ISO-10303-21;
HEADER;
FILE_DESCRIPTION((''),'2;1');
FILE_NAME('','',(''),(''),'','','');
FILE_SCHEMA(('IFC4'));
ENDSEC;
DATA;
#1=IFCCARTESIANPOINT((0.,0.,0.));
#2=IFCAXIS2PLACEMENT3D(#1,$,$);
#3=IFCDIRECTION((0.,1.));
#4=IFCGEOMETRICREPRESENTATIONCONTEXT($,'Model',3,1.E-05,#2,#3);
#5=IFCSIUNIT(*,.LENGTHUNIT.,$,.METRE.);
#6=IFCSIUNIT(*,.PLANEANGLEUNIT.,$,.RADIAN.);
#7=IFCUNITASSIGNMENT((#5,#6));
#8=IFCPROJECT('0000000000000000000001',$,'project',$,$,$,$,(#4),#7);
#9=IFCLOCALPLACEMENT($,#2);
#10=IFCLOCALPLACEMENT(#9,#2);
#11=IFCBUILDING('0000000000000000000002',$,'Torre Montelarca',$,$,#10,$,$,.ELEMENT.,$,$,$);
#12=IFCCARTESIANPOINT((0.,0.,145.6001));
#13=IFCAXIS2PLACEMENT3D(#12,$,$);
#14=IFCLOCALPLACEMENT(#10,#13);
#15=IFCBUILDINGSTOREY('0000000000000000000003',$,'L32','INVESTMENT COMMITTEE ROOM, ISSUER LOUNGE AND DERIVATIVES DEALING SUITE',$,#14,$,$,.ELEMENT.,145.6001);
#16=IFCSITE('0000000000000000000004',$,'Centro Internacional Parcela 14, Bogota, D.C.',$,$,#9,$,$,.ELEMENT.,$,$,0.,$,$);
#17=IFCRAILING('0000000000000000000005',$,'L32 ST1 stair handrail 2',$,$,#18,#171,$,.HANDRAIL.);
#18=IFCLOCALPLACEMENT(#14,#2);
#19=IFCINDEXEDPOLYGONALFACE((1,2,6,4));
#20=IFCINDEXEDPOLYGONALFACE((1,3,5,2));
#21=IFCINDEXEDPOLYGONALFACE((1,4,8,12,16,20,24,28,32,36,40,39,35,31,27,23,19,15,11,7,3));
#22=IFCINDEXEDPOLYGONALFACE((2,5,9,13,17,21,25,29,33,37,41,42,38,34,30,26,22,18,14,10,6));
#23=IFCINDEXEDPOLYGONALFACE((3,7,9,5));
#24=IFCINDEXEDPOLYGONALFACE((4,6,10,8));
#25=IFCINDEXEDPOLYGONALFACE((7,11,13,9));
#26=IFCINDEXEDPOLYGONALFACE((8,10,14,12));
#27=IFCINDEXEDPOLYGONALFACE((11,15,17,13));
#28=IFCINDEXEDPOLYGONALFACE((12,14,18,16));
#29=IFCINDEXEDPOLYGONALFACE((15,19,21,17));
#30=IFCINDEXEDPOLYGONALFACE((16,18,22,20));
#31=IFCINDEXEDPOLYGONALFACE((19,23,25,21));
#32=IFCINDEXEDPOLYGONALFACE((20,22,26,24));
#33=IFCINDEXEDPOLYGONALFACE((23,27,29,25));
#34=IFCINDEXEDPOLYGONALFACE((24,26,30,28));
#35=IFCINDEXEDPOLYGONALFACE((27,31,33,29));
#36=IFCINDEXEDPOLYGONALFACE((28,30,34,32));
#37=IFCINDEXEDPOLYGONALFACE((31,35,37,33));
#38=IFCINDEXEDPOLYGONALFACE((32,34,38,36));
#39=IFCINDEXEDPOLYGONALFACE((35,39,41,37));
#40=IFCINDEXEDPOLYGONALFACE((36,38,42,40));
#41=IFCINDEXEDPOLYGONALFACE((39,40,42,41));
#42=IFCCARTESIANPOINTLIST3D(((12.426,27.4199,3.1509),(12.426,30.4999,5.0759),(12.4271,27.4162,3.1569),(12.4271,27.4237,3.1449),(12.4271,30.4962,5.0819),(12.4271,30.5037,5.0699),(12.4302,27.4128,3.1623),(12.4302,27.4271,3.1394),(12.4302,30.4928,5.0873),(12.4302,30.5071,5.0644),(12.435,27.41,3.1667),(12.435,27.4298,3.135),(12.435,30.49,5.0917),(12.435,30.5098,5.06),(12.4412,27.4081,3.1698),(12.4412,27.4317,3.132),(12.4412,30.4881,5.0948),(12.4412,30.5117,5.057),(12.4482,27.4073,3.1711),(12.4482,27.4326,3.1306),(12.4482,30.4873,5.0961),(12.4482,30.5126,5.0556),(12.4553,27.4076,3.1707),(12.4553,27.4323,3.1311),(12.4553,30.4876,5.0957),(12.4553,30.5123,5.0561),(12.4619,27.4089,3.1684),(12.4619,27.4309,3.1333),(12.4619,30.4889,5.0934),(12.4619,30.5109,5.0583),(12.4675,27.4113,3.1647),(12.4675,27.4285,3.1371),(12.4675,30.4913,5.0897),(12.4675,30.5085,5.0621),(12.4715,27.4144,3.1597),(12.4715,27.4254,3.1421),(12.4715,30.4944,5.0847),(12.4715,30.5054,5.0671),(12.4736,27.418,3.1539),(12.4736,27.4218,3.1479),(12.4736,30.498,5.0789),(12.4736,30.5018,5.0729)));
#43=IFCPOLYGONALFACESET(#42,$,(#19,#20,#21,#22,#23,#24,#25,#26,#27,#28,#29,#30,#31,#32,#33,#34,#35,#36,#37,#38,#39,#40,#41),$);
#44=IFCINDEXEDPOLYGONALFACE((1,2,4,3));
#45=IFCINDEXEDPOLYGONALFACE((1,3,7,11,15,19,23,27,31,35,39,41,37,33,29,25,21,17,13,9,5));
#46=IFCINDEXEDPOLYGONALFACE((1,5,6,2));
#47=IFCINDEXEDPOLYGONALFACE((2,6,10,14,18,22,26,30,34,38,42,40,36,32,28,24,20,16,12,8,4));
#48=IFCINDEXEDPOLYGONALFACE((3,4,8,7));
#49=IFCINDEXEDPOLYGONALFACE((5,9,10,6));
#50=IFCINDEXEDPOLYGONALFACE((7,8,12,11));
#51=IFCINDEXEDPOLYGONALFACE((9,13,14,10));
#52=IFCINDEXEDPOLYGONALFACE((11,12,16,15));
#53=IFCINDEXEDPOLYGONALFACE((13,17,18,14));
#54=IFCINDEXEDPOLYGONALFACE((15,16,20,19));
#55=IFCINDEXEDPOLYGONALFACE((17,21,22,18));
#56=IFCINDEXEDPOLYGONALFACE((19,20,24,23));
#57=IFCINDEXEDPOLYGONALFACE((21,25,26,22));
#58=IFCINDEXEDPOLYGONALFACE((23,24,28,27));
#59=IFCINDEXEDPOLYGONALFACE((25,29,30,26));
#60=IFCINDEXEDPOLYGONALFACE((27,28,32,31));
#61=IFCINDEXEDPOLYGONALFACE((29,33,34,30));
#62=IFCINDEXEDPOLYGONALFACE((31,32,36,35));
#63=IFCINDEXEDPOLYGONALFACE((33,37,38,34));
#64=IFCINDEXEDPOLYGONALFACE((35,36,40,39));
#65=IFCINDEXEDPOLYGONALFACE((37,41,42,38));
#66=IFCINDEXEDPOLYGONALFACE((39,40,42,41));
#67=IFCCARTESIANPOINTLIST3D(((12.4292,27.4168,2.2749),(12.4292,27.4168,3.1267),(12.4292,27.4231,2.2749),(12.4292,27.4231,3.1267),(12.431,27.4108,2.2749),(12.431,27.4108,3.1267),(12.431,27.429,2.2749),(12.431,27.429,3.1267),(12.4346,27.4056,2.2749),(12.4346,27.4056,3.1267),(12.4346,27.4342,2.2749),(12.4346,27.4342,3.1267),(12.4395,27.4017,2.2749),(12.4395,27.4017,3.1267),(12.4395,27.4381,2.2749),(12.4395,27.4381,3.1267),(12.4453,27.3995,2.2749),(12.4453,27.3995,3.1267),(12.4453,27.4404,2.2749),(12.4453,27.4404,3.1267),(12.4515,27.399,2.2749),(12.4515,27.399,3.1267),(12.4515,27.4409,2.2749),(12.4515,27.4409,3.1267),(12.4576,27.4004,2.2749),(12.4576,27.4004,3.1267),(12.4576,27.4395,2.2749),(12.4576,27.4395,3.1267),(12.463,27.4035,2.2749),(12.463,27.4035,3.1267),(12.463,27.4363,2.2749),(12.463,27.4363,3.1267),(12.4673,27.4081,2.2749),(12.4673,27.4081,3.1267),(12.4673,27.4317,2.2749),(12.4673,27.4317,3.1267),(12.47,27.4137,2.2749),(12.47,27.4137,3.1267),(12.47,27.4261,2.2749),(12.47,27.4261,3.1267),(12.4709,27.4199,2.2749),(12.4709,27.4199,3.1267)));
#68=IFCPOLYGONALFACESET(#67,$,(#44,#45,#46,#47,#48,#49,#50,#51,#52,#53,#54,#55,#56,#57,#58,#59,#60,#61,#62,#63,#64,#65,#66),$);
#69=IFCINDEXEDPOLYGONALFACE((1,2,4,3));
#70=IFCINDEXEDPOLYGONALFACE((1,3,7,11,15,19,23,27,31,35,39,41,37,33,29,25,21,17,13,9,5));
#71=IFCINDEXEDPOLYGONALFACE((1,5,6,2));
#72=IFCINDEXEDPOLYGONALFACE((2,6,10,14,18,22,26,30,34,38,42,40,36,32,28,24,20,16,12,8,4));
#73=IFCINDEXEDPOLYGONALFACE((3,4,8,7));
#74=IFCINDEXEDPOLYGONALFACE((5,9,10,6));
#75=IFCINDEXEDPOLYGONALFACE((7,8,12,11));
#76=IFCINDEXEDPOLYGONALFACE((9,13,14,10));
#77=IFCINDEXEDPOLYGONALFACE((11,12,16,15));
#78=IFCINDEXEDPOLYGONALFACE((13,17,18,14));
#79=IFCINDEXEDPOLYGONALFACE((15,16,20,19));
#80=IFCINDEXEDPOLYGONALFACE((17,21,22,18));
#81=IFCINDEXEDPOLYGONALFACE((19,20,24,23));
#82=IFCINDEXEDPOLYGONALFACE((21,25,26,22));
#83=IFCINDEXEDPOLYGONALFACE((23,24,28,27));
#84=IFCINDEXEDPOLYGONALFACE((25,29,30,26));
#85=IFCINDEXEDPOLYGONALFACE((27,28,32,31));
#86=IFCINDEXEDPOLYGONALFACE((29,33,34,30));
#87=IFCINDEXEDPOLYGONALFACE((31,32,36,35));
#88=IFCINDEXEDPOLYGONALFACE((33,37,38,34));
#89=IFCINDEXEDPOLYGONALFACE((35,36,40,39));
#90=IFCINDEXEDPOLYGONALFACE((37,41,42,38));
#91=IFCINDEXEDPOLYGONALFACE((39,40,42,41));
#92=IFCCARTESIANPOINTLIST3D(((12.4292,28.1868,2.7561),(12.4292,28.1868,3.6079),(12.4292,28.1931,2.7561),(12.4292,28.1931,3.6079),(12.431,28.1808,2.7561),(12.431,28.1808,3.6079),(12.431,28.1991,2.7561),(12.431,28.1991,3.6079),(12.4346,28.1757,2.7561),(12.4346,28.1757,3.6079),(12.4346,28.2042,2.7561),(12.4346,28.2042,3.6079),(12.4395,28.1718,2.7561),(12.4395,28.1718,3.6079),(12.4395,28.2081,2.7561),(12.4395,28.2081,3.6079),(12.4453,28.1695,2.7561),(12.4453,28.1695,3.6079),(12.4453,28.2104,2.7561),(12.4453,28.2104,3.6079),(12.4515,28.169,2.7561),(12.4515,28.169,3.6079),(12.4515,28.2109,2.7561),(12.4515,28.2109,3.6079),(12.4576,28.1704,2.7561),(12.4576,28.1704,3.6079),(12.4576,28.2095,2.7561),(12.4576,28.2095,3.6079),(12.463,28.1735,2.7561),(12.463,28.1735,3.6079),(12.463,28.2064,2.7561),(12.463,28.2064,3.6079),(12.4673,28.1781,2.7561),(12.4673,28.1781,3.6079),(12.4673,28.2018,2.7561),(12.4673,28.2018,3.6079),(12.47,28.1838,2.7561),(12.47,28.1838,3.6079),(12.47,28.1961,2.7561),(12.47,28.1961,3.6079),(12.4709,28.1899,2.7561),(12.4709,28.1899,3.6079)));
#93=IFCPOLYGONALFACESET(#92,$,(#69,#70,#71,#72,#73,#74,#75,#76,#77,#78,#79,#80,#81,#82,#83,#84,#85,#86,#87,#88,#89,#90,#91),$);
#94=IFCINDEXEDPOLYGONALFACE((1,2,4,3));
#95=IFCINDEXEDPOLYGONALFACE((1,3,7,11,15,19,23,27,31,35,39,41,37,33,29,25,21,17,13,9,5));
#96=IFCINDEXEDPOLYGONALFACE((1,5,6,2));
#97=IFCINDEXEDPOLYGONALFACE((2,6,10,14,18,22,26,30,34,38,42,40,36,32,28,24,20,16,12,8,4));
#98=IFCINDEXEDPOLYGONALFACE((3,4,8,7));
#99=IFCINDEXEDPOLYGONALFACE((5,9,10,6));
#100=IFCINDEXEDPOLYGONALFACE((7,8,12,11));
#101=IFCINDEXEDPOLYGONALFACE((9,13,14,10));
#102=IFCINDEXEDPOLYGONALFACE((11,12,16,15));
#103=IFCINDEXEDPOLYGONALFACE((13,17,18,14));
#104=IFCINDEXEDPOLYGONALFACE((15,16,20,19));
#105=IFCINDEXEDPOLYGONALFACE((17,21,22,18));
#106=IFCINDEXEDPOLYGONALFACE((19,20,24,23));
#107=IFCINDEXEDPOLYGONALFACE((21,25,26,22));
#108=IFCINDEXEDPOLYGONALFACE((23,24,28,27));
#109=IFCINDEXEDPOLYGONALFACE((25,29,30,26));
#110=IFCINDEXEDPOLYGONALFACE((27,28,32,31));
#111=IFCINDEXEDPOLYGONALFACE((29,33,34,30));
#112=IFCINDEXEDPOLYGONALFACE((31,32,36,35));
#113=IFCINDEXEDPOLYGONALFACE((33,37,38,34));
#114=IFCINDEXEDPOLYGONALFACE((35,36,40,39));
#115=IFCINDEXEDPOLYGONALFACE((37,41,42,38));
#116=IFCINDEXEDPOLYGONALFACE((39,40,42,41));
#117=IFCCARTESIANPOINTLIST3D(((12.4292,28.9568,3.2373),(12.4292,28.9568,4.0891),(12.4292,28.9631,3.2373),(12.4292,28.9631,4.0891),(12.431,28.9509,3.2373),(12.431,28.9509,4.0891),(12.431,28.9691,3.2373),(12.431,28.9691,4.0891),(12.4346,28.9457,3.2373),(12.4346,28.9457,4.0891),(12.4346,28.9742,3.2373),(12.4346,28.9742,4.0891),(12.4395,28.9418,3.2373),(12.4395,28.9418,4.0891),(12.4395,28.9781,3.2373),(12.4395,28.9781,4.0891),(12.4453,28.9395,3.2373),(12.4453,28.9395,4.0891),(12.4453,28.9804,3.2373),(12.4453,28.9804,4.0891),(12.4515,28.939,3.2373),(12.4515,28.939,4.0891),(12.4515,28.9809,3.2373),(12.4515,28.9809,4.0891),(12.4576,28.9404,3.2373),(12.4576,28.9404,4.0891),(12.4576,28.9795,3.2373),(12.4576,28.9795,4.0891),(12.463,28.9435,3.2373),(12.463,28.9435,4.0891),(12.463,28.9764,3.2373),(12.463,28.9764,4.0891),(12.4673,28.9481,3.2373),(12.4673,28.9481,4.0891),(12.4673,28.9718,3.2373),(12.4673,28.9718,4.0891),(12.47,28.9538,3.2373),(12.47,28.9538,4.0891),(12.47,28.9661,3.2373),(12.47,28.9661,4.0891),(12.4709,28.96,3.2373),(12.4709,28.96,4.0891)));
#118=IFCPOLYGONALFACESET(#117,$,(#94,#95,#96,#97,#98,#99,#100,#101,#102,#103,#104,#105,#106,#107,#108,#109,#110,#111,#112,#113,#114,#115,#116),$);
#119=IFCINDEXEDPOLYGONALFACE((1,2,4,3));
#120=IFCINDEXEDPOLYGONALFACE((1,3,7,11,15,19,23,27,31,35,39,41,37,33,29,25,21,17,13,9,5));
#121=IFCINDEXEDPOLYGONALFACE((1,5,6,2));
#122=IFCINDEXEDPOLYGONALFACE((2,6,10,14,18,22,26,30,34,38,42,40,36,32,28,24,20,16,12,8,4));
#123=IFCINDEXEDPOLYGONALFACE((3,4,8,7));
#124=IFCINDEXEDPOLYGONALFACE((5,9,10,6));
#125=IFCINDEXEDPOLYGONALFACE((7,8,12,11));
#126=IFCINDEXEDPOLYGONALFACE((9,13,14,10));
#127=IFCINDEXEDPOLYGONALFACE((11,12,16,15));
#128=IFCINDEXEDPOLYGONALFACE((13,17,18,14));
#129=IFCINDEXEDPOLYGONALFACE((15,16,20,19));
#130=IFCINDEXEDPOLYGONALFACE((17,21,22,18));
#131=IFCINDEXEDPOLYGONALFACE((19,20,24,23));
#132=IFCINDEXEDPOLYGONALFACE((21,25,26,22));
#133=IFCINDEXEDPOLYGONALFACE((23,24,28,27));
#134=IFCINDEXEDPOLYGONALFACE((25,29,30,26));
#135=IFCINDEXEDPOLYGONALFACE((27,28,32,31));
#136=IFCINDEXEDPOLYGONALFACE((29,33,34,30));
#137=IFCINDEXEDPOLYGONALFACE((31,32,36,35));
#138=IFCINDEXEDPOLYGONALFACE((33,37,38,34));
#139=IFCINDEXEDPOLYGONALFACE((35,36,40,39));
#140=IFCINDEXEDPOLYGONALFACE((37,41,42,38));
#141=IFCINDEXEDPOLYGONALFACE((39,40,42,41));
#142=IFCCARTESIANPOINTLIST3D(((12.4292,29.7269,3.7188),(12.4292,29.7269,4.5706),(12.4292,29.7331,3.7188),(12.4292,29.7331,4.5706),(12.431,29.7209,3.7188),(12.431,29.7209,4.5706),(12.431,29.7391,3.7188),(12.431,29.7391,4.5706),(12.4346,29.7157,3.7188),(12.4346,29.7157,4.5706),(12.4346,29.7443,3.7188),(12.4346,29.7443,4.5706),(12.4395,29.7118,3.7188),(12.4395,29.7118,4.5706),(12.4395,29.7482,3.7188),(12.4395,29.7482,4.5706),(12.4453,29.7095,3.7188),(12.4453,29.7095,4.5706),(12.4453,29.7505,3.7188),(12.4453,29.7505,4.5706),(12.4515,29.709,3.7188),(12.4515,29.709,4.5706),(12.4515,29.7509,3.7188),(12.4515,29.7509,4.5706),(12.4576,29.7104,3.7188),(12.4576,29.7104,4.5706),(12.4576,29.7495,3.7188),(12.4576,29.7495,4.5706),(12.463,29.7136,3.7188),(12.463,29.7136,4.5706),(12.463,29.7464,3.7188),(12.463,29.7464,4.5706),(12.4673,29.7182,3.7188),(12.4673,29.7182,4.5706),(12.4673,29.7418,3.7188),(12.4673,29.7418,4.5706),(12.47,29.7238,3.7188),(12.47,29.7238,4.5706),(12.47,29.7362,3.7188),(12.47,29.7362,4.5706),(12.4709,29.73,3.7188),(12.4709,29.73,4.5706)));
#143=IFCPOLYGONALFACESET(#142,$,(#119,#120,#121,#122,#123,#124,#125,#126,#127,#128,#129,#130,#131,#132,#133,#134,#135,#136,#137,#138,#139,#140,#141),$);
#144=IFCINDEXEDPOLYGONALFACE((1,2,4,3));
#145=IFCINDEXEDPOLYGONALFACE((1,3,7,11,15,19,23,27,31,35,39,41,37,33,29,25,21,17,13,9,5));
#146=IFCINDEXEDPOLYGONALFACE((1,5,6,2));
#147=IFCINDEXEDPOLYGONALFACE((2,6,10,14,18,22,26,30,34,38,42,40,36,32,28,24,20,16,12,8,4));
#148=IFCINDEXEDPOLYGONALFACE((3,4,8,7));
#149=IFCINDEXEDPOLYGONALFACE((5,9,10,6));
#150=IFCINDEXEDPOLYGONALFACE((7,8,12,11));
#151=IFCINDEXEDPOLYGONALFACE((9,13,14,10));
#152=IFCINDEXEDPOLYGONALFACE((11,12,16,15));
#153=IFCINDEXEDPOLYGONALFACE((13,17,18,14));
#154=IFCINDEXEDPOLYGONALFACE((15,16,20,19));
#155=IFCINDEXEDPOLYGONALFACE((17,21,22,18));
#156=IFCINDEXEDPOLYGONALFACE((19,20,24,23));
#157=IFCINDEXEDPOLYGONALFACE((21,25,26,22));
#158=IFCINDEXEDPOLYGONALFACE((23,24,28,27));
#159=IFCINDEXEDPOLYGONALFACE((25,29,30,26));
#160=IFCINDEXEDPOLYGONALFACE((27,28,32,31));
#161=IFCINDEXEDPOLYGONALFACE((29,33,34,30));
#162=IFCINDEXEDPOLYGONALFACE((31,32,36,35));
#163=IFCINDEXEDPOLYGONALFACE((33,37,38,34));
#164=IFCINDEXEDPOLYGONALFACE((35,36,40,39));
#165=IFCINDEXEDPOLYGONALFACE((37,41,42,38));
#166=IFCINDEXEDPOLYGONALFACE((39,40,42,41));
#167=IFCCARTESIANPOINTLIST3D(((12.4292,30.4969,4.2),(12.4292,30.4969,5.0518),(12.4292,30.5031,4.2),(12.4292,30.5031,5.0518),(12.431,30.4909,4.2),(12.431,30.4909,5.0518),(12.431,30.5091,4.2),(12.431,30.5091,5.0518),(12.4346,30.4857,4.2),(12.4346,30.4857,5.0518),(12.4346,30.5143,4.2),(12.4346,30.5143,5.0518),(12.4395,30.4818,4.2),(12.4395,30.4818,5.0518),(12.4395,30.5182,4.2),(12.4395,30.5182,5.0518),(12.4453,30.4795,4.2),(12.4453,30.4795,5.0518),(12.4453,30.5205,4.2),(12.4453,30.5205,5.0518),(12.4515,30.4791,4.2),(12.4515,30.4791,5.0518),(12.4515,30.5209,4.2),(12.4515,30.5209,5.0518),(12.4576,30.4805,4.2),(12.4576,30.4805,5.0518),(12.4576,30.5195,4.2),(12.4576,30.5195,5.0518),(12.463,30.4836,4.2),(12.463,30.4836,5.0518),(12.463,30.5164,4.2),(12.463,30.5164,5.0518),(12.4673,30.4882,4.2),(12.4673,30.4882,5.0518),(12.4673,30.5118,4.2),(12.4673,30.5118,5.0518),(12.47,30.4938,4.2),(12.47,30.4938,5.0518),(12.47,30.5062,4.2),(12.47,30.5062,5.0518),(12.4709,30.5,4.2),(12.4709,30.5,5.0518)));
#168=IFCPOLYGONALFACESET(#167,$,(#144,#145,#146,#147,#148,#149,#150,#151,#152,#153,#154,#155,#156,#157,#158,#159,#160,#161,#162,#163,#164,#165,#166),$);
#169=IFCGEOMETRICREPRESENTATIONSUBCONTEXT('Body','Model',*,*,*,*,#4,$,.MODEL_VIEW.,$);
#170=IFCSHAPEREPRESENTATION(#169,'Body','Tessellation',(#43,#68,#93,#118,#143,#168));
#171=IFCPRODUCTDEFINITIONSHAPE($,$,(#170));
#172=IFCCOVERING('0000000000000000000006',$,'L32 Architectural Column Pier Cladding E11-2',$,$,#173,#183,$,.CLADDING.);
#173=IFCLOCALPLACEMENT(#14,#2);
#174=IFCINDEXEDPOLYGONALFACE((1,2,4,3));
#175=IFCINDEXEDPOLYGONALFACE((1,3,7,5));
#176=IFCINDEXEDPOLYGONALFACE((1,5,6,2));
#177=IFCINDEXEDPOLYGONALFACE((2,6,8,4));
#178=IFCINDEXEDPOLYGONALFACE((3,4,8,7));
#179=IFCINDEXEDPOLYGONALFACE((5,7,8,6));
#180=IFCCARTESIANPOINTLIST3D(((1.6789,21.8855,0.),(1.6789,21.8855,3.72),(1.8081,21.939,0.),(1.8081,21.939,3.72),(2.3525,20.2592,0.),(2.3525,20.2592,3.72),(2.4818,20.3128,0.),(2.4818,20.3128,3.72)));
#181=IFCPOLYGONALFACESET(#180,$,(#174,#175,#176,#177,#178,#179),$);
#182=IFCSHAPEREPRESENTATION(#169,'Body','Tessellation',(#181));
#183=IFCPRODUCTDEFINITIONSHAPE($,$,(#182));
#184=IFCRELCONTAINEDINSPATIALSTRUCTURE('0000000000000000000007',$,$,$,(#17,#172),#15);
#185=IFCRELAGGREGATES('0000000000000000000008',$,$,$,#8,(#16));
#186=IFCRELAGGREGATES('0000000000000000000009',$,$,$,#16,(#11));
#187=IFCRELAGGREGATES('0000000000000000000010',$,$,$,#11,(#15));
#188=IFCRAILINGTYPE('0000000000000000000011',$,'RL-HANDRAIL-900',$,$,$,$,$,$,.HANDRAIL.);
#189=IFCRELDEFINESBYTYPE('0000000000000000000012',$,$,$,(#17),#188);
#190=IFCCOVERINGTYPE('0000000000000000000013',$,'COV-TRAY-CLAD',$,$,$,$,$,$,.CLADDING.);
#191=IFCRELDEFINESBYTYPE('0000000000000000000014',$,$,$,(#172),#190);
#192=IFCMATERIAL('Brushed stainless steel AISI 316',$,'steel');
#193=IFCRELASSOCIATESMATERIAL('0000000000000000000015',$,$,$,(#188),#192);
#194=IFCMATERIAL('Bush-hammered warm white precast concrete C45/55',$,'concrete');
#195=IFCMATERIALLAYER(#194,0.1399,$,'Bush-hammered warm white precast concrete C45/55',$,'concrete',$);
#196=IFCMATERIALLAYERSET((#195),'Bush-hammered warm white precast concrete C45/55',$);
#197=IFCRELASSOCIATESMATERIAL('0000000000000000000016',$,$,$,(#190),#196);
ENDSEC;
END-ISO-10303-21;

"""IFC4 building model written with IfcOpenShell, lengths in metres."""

from ifc_helpers import new_model, si_unit, direction, frame, origin, origin_2d, place, context, subcontext, project, spatial, rectangle, circle, extrude, source, transform, mapped, material, layer, layer_set, type_object, element, save


model = new_model("IFC4")

# Units and contexts
model_context = context("Model", 3, precision=1e-05, world=origin(), true_north=direction((0.0, 1.0)))
body_context = subcontext(model_context, "Body", "Model", "MODEL_VIEW")
ifc_project = project(units=[si_unit("LENGTHUNIT", "METRE"), si_unit("PLANEANGLEUNIT", "RADIAN")], contexts=[model_context])

# Site, building, storey
site_placement = place(None, origin())
site = spatial("IfcSite", under=ifc_project, at=site_placement, Name="Centro Internacional Parcela 14, Bogota, D.C.", CompositionType="ELEMENT", RefElevation=0.0)
building_placement = place(site_placement, origin())
building = spatial("IfcBuilding", under=site, at=building_placement, Name="Torre Montelarca", CompositionType="ELEMENT")
storey_placement = place(building_placement, frame((0.0, 0.0, 145.6001)))
storey = spatial("IfcBuildingStorey", under=building, at=storey_placement, Name="L32", Description="INVESTMENT COMMITTEE ROOM, ISSUER LOUNGE AND DERIVATIVES DEALING SUITE", CompositionType="ELEMENT", Elevation=145.6001)

# Railing
ifc_material_1 = material(Name="Brushed stainless steel AISI 316", Category="steel")
railing_type_1 = type_object("IfcRailingType", Name="RL-HANDRAIL-900", PredefinedType="HANDRAIL", material=ifc_material_1)
railing_1_placement = place(storey_placement, frame((12.45, 27.4199, 2.2749)))
element("IfcRailing", 1, at=railing_1_placement, inside=storey, type_object=railing_type_1, Name="L32 ST1 stair handrail 2", PredefinedType="HANDRAIL", context=body_context, shape_type="SweptSolid", body=[
    extrude(circle(Radius=0.0239, at=origin_2d()), frame((0.0, 0.0, 0.876), z_axis=(0.0, 0.847998, 0.529999), x_axis=(-1.0, 0.0, 0.0)), (0.0, 0.0, 1.0), 3.6321),
    extrude(circle(Radius=0.021, at=origin_2d()), origin(), (0.0, 0.0, 1.0), 0.8518),
    extrude(circle(Radius=0.021, at=origin_2d()), frame((0.0, 0.77, 0.4812)), (0.0, 0.0, 1.0), 0.8518),
    extrude(circle(Radius=0.021, at=origin_2d()), frame((0.0, 1.54, 0.9624)), (0.0, 0.0, 1.0), 0.8518),
    extrude(circle(Radius=0.021, at=origin_2d()), frame((0.0, 2.3101, 1.4438)), (0.0, 0.0, 1.0), 0.8518),
    extrude(circle(Radius=0.021, at=origin_2d()), frame((0.0, 3.0801, 1.925)), (0.0, 0.0, 1.0), 0.8518),
])

# Covering
ifc_material_2 = material(Name="Bush-hammered warm white precast concrete C45/55", Category="concrete")
ifc_layer_1 = layer(ifc_material_2, 0.1399, Name="Bush-hammered warm white precast concrete C45/55", Category="concrete")
ifc_layer_set_1 = layer_set([ifc_layer_1], Name="Bush-hammered warm white precast concrete C45/55")
covering_type = type_object("IfcCoveringType", Name="COV-TRAY-CLAD", PredefinedType="CLADDING", material=ifc_layer_set_1)
shared_shape_1 = source(origin(), body_context, "Body", "SweptSolid", [
    extrude(rectangle(XDim=1.7603, YDim=0.1399, at=origin_2d()), origin(), (0.0, 0.0, 1.0), 3.72),
])
covering_placement = place(storey_placement, frame((2.0803, 21.0991, 0.0), z_axis=(0.0, 0.0, 1.0), x_axis=(0.382688, -0.923878, 0.0)))
element("IfcCovering", 2, at=covering_placement, inside=storey, type_object=covering_type, Name="L32 Architectural Column Pier Cladding E11-2", PredefinedType="CLADDING", context=body_context, shape_type="MappedRepresentation", body=[
    mapped(shared_shape_1, transform((0.0, 0.0, 0.0), scale=1.0)),
])

save(model, "model.ifc")
